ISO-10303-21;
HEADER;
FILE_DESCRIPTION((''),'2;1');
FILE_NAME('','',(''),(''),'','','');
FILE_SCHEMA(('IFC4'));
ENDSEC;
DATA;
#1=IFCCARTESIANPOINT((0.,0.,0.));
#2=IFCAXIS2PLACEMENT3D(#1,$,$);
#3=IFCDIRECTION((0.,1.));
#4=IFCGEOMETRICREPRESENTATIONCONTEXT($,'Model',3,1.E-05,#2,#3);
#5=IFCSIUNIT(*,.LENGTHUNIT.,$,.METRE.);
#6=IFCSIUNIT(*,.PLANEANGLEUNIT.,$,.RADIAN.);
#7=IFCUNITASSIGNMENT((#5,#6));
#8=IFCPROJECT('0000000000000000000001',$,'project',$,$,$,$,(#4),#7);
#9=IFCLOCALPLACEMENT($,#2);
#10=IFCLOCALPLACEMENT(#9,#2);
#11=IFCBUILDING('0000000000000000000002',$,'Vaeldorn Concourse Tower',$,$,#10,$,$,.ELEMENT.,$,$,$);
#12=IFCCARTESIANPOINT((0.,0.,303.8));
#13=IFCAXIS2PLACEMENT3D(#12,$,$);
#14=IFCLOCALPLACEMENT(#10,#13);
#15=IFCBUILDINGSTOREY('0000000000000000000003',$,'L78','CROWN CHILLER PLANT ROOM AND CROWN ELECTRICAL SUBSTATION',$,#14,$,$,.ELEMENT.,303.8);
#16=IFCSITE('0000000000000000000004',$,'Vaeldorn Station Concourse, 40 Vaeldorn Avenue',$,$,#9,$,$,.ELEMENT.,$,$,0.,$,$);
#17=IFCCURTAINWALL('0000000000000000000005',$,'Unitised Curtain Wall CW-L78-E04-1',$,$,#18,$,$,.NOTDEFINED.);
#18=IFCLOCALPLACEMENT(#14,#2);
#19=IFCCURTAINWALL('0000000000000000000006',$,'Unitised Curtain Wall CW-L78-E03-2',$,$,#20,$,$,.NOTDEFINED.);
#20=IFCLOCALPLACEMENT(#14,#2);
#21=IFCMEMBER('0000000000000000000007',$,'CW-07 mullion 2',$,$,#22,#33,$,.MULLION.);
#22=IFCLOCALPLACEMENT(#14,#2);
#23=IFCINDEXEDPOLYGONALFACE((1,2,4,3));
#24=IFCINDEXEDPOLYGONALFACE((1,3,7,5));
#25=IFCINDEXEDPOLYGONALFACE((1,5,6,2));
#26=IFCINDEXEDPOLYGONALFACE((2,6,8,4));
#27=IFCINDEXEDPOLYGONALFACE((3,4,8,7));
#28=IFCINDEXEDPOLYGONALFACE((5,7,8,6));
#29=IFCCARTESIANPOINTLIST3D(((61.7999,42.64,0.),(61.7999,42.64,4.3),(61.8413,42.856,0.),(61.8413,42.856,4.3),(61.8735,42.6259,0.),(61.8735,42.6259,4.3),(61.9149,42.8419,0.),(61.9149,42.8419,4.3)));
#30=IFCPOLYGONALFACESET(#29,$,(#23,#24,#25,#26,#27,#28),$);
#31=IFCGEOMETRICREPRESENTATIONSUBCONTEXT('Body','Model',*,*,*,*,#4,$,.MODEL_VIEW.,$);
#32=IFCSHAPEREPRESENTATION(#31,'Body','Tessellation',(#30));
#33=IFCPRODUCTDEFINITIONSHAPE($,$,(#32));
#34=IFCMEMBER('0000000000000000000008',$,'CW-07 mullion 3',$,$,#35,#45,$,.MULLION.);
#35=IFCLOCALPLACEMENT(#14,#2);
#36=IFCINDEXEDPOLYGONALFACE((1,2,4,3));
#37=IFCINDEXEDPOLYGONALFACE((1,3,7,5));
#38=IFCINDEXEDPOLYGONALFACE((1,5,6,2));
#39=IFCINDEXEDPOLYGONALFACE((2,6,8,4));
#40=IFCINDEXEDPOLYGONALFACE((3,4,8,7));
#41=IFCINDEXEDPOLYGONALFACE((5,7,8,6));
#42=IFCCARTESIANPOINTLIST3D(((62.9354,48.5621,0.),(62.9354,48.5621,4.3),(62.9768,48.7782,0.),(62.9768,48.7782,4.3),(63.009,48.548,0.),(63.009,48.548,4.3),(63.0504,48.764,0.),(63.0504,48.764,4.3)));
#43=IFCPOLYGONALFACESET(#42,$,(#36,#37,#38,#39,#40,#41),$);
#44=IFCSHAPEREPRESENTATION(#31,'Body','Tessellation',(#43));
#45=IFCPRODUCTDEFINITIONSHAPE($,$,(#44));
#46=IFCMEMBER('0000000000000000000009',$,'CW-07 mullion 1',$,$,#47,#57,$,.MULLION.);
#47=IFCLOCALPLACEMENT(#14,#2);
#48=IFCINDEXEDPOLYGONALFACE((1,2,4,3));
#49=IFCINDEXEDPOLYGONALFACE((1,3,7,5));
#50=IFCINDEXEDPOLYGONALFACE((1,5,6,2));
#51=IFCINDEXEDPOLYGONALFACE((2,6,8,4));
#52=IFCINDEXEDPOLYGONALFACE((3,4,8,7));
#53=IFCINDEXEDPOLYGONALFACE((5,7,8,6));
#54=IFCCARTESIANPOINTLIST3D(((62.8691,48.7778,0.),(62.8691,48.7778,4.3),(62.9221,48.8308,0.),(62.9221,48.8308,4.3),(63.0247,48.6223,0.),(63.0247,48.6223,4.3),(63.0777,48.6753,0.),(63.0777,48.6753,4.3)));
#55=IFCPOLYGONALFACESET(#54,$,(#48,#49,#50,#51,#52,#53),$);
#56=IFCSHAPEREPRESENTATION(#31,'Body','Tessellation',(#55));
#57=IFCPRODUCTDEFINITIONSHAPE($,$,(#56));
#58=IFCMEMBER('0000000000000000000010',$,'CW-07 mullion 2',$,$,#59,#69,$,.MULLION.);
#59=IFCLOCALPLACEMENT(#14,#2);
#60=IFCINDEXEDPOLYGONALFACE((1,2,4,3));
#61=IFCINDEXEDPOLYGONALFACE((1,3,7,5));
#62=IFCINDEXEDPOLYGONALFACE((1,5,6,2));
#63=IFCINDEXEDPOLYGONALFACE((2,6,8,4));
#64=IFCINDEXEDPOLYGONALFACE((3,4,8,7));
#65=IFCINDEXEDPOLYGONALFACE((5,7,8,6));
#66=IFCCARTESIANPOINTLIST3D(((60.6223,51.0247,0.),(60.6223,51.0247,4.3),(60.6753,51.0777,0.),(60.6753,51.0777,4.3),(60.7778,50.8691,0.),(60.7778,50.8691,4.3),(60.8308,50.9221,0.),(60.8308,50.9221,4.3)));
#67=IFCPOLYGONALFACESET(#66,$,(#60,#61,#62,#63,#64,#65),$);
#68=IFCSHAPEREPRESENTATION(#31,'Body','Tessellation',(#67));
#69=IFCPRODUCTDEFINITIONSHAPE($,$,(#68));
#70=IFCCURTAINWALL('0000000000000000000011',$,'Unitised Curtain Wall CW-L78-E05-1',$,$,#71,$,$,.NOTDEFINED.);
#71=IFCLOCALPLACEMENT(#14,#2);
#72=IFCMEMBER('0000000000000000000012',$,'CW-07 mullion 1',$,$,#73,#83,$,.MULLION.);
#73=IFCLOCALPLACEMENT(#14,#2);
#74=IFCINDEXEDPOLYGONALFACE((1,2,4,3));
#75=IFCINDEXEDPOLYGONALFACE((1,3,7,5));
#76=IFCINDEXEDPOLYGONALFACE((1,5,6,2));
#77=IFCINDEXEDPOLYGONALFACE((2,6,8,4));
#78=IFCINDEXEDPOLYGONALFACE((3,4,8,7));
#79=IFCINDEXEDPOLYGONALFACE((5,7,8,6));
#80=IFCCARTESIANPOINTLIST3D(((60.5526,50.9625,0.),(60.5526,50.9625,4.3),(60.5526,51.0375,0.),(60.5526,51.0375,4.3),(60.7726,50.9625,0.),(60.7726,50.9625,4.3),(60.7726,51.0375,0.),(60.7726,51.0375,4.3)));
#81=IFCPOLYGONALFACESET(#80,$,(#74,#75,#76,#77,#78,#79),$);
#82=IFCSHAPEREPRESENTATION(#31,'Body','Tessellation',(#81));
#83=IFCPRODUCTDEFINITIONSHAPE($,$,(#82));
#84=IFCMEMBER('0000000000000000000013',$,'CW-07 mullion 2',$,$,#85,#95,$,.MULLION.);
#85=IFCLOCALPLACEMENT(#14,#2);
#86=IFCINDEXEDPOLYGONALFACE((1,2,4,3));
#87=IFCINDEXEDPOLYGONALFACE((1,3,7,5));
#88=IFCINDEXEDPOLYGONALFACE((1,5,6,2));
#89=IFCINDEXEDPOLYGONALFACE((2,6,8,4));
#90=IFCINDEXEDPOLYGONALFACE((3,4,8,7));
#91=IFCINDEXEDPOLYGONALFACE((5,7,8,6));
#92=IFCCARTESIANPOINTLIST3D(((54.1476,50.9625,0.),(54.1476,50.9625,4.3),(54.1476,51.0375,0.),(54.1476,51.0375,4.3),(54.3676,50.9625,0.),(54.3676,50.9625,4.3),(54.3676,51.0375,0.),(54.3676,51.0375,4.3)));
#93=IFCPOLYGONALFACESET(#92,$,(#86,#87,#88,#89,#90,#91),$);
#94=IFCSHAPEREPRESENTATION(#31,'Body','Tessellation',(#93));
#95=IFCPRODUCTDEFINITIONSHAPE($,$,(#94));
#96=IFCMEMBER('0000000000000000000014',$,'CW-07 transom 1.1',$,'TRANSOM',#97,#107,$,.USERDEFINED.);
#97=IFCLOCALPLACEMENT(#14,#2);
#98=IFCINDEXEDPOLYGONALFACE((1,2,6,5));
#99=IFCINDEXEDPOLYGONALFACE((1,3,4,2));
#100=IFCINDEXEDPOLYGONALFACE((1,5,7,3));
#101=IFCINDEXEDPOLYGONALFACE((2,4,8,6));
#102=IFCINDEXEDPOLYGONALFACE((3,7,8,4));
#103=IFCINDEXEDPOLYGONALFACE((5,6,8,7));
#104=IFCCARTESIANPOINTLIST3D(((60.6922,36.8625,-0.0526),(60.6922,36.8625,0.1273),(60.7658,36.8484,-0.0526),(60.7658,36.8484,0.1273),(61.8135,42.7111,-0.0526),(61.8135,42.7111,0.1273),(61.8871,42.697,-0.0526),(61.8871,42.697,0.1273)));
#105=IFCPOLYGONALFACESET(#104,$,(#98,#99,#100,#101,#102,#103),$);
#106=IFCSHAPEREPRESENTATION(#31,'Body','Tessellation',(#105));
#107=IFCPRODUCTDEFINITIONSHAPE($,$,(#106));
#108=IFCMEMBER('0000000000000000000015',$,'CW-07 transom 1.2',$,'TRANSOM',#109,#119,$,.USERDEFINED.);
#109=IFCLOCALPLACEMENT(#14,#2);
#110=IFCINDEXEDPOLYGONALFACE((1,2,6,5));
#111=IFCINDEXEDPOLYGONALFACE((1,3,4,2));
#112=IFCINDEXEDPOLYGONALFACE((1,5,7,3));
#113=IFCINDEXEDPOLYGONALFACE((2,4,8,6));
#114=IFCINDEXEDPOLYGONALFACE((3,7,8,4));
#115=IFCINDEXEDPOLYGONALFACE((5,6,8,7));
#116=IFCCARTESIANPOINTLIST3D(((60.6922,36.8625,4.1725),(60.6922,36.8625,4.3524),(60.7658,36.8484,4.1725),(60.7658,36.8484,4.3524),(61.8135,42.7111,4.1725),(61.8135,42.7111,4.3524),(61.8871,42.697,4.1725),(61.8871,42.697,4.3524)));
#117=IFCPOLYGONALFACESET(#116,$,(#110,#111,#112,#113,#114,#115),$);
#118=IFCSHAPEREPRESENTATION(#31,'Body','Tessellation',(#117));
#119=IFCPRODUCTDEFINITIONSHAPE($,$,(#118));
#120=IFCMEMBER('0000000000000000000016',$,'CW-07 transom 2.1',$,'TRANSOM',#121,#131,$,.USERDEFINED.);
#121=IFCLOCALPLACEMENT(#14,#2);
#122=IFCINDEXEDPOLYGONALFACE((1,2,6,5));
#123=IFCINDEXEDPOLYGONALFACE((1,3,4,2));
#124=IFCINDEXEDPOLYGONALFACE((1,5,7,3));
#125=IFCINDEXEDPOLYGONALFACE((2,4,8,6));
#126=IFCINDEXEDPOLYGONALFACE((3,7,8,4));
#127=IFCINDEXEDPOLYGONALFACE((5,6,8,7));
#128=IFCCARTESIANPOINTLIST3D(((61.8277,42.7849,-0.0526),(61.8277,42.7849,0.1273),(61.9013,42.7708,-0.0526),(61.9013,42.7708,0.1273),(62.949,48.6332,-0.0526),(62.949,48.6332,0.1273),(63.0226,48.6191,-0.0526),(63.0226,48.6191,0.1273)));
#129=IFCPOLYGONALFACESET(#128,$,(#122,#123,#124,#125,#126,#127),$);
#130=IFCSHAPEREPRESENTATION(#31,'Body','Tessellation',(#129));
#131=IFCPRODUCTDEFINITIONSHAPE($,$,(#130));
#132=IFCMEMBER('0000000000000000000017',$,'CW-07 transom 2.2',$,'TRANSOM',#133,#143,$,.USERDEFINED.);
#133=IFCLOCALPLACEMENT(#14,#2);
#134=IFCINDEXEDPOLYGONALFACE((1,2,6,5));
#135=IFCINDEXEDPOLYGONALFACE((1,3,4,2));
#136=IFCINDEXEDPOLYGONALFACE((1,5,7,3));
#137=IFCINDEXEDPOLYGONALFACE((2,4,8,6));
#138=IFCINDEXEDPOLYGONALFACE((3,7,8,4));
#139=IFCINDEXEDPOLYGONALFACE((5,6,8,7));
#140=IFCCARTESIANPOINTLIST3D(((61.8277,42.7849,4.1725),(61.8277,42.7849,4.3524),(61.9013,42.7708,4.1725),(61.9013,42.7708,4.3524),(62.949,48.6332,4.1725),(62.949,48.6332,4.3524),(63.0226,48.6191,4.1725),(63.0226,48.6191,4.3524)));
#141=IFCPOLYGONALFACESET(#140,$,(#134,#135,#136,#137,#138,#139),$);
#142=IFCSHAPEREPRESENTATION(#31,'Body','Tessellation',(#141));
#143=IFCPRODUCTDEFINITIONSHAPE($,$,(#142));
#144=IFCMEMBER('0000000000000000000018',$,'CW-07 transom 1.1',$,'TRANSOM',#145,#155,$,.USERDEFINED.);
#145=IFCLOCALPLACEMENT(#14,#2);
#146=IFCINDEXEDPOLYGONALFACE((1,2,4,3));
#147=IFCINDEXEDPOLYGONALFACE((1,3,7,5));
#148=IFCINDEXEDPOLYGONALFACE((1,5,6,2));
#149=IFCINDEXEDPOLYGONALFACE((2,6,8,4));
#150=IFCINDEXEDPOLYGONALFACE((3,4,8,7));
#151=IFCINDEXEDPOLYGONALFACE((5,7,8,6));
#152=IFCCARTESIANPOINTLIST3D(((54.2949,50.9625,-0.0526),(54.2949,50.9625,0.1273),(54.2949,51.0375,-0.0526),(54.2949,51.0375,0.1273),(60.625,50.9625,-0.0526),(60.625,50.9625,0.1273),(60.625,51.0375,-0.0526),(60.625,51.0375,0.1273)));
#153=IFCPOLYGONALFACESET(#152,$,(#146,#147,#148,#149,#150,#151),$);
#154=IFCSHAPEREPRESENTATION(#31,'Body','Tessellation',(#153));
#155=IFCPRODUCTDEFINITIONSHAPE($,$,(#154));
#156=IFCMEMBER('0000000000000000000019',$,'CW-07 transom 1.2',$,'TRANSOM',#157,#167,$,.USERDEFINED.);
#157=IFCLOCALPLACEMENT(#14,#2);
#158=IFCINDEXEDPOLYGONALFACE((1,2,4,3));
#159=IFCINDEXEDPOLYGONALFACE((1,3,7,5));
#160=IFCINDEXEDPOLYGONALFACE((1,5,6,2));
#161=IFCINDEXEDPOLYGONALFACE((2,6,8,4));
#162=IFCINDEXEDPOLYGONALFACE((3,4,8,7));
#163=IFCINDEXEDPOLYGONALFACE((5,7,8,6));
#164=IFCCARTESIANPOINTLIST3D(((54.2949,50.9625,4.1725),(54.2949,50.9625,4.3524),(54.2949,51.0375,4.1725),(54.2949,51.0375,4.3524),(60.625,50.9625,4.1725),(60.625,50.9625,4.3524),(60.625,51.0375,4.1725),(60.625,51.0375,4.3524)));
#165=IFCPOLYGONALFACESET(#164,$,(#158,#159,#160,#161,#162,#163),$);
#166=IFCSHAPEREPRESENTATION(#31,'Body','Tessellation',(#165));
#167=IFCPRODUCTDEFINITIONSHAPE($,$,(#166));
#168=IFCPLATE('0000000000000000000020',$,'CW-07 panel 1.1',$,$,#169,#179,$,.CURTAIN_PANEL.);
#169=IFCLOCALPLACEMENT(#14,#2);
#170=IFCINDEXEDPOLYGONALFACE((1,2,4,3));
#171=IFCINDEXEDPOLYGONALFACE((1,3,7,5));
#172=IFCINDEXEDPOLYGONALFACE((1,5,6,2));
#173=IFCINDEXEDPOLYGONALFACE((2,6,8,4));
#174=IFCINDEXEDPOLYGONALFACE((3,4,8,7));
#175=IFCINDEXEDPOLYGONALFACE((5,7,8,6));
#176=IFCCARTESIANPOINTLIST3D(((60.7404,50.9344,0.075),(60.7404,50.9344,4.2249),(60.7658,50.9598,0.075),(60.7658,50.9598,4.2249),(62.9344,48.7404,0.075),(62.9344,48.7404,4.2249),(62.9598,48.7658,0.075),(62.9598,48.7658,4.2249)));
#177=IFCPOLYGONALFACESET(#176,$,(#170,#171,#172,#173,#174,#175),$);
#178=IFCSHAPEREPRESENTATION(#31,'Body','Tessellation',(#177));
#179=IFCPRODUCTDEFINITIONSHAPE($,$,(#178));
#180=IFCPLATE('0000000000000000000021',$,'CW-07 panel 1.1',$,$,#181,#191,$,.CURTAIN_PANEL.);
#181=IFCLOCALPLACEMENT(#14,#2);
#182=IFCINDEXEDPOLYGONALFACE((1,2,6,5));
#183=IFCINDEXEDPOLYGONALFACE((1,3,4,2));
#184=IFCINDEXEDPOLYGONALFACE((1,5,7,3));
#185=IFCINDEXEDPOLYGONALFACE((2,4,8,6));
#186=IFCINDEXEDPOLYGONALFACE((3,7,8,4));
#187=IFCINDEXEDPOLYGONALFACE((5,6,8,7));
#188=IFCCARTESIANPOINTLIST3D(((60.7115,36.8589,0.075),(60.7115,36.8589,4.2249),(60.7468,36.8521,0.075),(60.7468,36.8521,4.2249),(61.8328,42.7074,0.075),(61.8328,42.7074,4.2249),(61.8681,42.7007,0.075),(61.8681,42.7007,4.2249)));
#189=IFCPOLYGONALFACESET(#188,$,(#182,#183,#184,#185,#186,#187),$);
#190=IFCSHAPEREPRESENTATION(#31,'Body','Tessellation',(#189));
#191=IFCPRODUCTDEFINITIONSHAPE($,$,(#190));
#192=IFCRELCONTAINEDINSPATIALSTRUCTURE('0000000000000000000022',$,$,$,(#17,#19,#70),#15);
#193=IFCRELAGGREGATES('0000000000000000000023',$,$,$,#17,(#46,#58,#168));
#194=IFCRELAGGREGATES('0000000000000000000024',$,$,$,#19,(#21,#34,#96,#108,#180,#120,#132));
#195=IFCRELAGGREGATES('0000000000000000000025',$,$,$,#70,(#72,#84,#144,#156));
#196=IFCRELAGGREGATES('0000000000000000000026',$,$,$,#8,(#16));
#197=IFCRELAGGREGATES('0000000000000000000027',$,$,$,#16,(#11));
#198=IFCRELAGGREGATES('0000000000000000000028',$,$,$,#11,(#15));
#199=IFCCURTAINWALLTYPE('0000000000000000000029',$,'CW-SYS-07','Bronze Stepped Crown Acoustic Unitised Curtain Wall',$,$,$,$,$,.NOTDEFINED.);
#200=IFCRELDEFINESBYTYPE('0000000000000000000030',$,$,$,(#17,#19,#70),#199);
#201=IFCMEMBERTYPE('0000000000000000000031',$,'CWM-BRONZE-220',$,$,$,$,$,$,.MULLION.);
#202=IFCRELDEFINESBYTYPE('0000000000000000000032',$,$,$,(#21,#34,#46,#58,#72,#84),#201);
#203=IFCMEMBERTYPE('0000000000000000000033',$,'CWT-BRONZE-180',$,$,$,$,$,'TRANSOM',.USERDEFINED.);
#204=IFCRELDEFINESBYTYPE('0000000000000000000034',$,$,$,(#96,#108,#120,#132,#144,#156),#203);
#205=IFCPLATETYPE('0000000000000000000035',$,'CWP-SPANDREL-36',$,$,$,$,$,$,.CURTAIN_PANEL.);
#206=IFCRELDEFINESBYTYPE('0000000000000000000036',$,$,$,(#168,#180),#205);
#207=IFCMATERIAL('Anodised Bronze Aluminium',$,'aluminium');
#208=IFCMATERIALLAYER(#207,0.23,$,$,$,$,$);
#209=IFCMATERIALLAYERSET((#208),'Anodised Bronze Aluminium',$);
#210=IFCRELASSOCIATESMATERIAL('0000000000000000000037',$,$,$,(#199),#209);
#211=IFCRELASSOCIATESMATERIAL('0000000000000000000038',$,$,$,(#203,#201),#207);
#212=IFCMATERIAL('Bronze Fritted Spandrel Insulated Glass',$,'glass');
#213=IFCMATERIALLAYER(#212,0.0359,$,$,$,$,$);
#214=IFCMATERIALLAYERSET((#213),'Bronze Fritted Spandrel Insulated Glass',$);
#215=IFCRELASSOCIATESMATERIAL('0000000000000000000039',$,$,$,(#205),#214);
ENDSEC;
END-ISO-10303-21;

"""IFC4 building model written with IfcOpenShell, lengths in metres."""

from ifc_helpers import new_model, si_unit, direction, frame, origin, origin_2d, place, context, subcontext, project, spatial, rectangle, extrude, source, transform, mapped, material, layer, layer_set, material_profile, profile_set, type_object, element, aggregate, save


model = new_model("IFC4")

# Units and contexts
model_context = context("Model", 3, precision=1e-05, world=origin(), true_north=direction((0.0, 1.0)))
body_context = subcontext(model_context, "Body", "Model", "MODEL_VIEW")
ifc_project = project(units=[si_unit("LENGTHUNIT", "METRE"), si_unit("PLANEANGLEUNIT", "RADIAN")], contexts=[model_context])

# Site, building, storey
site_placement = place(None, origin())
site = spatial("IfcSite", under=ifc_project, at=site_placement, Name="Vaeldorn Station Concourse, 40 Vaeldorn Avenue", CompositionType="ELEMENT", RefElevation=0.0)
building_placement = place(site_placement, origin())
building = spatial("IfcBuilding", under=site, at=building_placement, Name="Vaeldorn Concourse Tower", CompositionType="ELEMENT")
storey_placement = place(building_placement, frame((0.0, 0.0, 303.8)))
storey = spatial("IfcBuildingStorey", under=building, at=storey_placement, Name="L78", Description="CROWN CHILLER PLANT ROOM AND CROWN ELECTRICAL SUBSTATION", CompositionType="ELEMENT", Elevation=303.8)

# Curtain walls, members
ifc_material_1 = material(Name="Anodised Bronze Aluminium", Category="aluminium")
ifc_layer_1 = layer(ifc_material_1, 0.23)
ifc_layer_set_1 = layer_set([ifc_layer_1], Name="Anodised Bronze Aluminium")
curtain_wall_type = type_object("IfcCurtainWallType", Name="CW-SYS-07", Description="Bronze Stepped Crown Acoustic Unitised Curtain Wall", PredefinedType="NOTDEFINED", material=ifc_layer_set_1)
curtain_wall_1_placement = place(storey_placement, origin())
curtain_wall_1 = element("IfcCurtainWall", 1, at=curtain_wall_1_placement, inside=storey, type_object=curtain_wall_type, Name="Unitised Curtain Wall CW-L78-E04-1", PredefinedType="NOTDEFINED")
ifc_material_profile_1 = material_profile(ifc_material_1, rectangle(XDim=0.075, YDim=0.1799, at=origin_2d()), Name="CWT 75x180")
ifc_profile_set_1 = profile_set([ifc_material_profile_1], Name="Anodised Bronze Aluminium")
member_type_1 = type_object("IfcMemberType", Name="CWT-BRONZE-180", ElementType="TRANSOM", PredefinedType="USERDEFINED", material=ifc_profile_set_1)
curtain_wall_2_placement = place(storey_placement, origin())
curtain_wall_2 = element("IfcCurtainWall", 2, at=curtain_wall_2_placement, inside=storey, type_object=curtain_wall_type, Name="Unitised Curtain Wall CW-L78-E03-2", PredefinedType="NOTDEFINED")
ifc_material_profile_2 = material_profile(ifc_material_1, rectangle(XDim=0.075, YDim=0.22, at=origin_2d()), Name="CWM 75x220")
ifc_profile_set_2 = profile_set([ifc_material_profile_2], Name="Anodised Bronze Aluminium")
member_type_2 = type_object("IfcMemberType", Name="CWM-BRONZE-220", PredefinedType="MULLION", material=ifc_profile_set_2)
shared_shape_1 = source(origin(), body_context, "Body", "SweptSolid", [
    extrude(rectangle(XDim=0.075, YDim=0.22, at=origin_2d()), origin(), (0.0, 0.0, 1.0), 4.3),
])
member_1_placement = place(storey_placement, frame((61.8574, 42.741, 0.0), z_axis=(0.0, 0.0, 1.0), x_axis=(-0.982112, 0.188296, 0.0)))
member_1 = element("IfcMember", 3, at=member_1_placement, type_object=member_type_2, Name="CW-07 mullion 2", PredefinedType="MULLION", context=body_context, shape_type="MappedRepresentation", body=[
    mapped(shared_shape_1, transform((0.0, 0.0, 0.0), scale=1.0)),
])
member_2_placement = place(storey_placement, frame((62.9929, 48.6631, 0.0), z_axis=(0.0, 0.0, 1.0), x_axis=(-0.982112, 0.188296, 0.0)))
member_2 = element("IfcMember", 4, at=member_2_placement, type_object=member_type_2, Name="CW-07 mullion 3", PredefinedType="MULLION", context=body_context, shape_type="MappedRepresentation", body=[
    mapped(shared_shape_1, transform((0.0, 0.0, 0.0), scale=1.0)),
])

# Members
member_3_placement = place(storey_placement, frame((62.9734, 48.7266, 0.0), z_axis=(0.0, 0.0, 1.0), x_axis=(-0.707107, -0.707107, 0.0)))
member_3 = element("IfcMember", 5, at=member_3_placement, type_object=member_type_2, Name="CW-07 mullion 1", PredefinedType="MULLION", context=body_context, shape_type="MappedRepresentation", body=[
    mapped(shared_shape_1, transform((0.0, 0.0, 0.0), scale=1.0)),
])
member_4_placement = place(storey_placement, frame((60.7266, 50.9734, 0.0), z_axis=(0.0, 0.0, 1.0), x_axis=(-0.707107, -0.707107, 0.0)))
member_4 = element("IfcMember", 6, at=member_4_placement, type_object=member_type_2, Name="CW-07 mullion 2", PredefinedType="MULLION", context=body_context, shape_type="MappedRepresentation", body=[
    mapped(shared_shape_1, transform((0.0, 0.0, 0.0), scale=1.0)),
])

# Curtain wall, members
curtain_wall_3_placement = place(storey_placement, origin())
curtain_wall_3 = element("IfcCurtainWall", 7, at=curtain_wall_3_placement, inside=storey, type_object=curtain_wall_type, Name="Unitised Curtain Wall CW-L78-E05-1", PredefinedType="NOTDEFINED")
member_5_placement = place(storey_placement, frame((60.6626, 51.0, 0.0), z_axis=(0.0, 0.0, 1.0), x_axis=(0.0, -1.0, 0.0)))
member_5 = element("IfcMember", 8, at=member_5_placement, type_object=member_type_2, Name="CW-07 mullion 1", PredefinedType="MULLION", context=body_context, shape_type="MappedRepresentation", body=[
    mapped(shared_shape_1, transform((0.0, 0.0, 0.0), scale=1.0)),
])
member_6_placement = place(storey_placement, frame((54.2576, 51.0, 0.0), z_axis=(0.0, 0.0, 1.0), x_axis=(0.0, -1.0, 0.0)))
member_6 = element("IfcMember", 9, at=member_6_placement, type_object=member_type_2, Name="CW-07 mullion 2", PredefinedType="MULLION", context=body_context, shape_type="MappedRepresentation", body=[
    mapped(shared_shape_1, transform((0.0, 0.0, 0.0), scale=1.0)),
])

# Members
shared_shape_2 = source(origin(), body_context, "Body", "SweptSolid", [
    extrude(rectangle(XDim=0.075, YDim=0.1799, at=origin_2d()), origin(), (0.0, 0.0, 1.0), 5.9551),
])
member_7_placement = place(storey_placement, frame((60.729, 36.8555, 0.0374), z_axis=(0.188297, 0.982112, 0.0), x_axis=(-0.982112, 0.188297, 0.0)))
member_7 = element("IfcMember", 10, at=member_7_placement, type_object=member_type_1, Name="CW-07 transom 1.1", ObjectType="TRANSOM", PredefinedType="USERDEFINED", context=body_context, shape_type="MappedRepresentation", body=[
    mapped(shared_shape_2, transform((0.0, 0.0, 0.0), scale=1.0)),
])
member_8_placement = place(storey_placement, frame((60.729, 36.8555, 4.2625), z_axis=(0.188297, 0.982112, 0.0), x_axis=(-0.982112, 0.188297, 0.0)))
member_8 = element("IfcMember", 11, at=member_8_placement, type_object=member_type_1, Name="CW-07 transom 1.2", ObjectType="TRANSOM", PredefinedType="USERDEFINED", context=body_context, shape_type="MappedRepresentation", body=[
    mapped(shared_shape_2, transform((0.0, 0.0, 0.0), scale=1.0)),
])
shared_shape_3 = source(origin(), body_context, "Body", "SweptSolid", [
    extrude(rectangle(XDim=0.075, YDim=0.1799, at=origin_2d()), origin(), (0.0, 0.0, 1.0), 5.9548),
])
member_9_placement = place(storey_placement, frame((61.8645, 42.7778, 0.0374), z_axis=(0.188305, 0.982111, 0.0), x_axis=(-0.982111, 0.188305, 0.0)))
member_9 = element("IfcMember", 12, at=member_9_placement, type_object=member_type_1, Name="CW-07 transom 2.1", ObjectType="TRANSOM", PredefinedType="USERDEFINED", context=body_context, shape_type="MappedRepresentation", body=[
    mapped(shared_shape_3, transform((0.0, 0.0, 0.0), scale=1.0)),
])
member_10_placement = place(storey_placement, frame((61.8645, 42.7778, 4.2625), z_axis=(0.188305, 0.982111, 0.0), x_axis=(-0.982111, 0.188305, 0.0)))
member_10 = element("IfcMember", 13, at=member_10_placement, type_object=member_type_1, Name="CW-07 transom 2.2", ObjectType="TRANSOM", PredefinedType="USERDEFINED", context=body_context, shape_type="MappedRepresentation", body=[
    mapped(shared_shape_3, transform((0.0, 0.0, 0.0), scale=1.0)),
])
shared_shape_4 = source(origin(), body_context, "Body", "SweptSolid", [
    extrude(rectangle(XDim=0.075, YDim=0.1799, at=origin_2d()), origin(), (0.0, 0.0, 1.0), 6.3301),
])
member_11_placement = place(storey_placement, frame((60.625, 51.0, 0.0374), z_axis=(-1.0, 0.0, 0.0), x_axis=(0.0, -1.0, 0.0)))
member_11 = element("IfcMember", 14, at=member_11_placement, type_object=member_type_1, Name="CW-07 transom 1.1", ObjectType="TRANSOM", PredefinedType="USERDEFINED", context=body_context, shape_type="MappedRepresentation", body=[
    mapped(shared_shape_4, transform((0.0, 0.0, 0.0), scale=1.0)),
])
member_12_placement = place(storey_placement, frame((60.625, 51.0, 4.2625), z_axis=(-1.0, 0.0, 0.0), x_axis=(0.0, -1.0, 0.0)))
member_12 = element("IfcMember", 15, at=member_12_placement, type_object=member_type_1, Name="CW-07 transom 1.2", ObjectType="TRANSOM", PredefinedType="USERDEFINED", context=body_context, shape_type="MappedRepresentation", body=[
    mapped(shared_shape_4, transform((0.0, 0.0, 0.0), scale=1.0)),
])

# Plates
ifc_material_2 = material(Name="Bronze Fritted Spandrel Insulated Glass", Category="glass")
ifc_layer_2 = layer(ifc_material_2, 0.0359)
ifc_layer_set_2 = layer_set([ifc_layer_2], Name="Bronze Fritted Spandrel Insulated Glass")
plate_type = type_object("IfcPlateType", Name="CWP-SPANDREL-36", PredefinedType="CURTAIN_PANEL", material=ifc_layer_set_2)
shared_shape_5 = source(origin(), body_context, "Body", "SweptSolid", [
    extrude(rectangle(XDim=3.1028, YDim=0.0359, at=origin_2d()), origin(), (0.0, 0.0, 1.0), 4.1499),
])
plate_1_placement = place(storey_placement, frame((61.8501, 49.8501, 0.075), z_axis=(0.0, 0.0, 1.0), x_axis=(-0.707107, 0.707107, 0.0)))
plate_1 = element("IfcPlate", 16, at=plate_1_placement, type_object=plate_type, Name="CW-07 panel 1.1", PredefinedType="CURTAIN_PANEL", context=body_context, shape_type="MappedRepresentation", body=[
    mapped(shared_shape_5, transform((0.0, 0.0, 0.0), scale=1.0)),
])
aggregate(curtain_wall_1, [member_3, member_4, plate_1])
shared_shape_6 = source(origin(), body_context, "Body", "SweptSolid", [
    extrude(rectangle(XDim=5.9551, YDim=0.0359, at=origin_2d()), origin(), (0.0, 0.0, 1.0), 4.1499),
])
plate_2_placement = place(storey_placement, frame((61.2898, 39.7798, 0.075), z_axis=(0.0, 0.0, 1.0), x_axis=(0.188296, 0.982112, 0.0)))
plate_2 = element("IfcPlate", 17, at=plate_2_placement, type_object=plate_type, Name="CW-07 panel 1.1", PredefinedType="CURTAIN_PANEL", context=body_context, shape_type="MappedRepresentation", body=[
    mapped(shared_shape_6, transform((0.0, 0.0, 0.0), scale=1.0)),
])
aggregate(curtain_wall_2, [member_1, member_2, member_7, member_8, plate_2, member_9, member_10])
aggregate(curtain_wall_3, [member_5, member_6, member_11, member_12])

save(model, "model.ifc")
